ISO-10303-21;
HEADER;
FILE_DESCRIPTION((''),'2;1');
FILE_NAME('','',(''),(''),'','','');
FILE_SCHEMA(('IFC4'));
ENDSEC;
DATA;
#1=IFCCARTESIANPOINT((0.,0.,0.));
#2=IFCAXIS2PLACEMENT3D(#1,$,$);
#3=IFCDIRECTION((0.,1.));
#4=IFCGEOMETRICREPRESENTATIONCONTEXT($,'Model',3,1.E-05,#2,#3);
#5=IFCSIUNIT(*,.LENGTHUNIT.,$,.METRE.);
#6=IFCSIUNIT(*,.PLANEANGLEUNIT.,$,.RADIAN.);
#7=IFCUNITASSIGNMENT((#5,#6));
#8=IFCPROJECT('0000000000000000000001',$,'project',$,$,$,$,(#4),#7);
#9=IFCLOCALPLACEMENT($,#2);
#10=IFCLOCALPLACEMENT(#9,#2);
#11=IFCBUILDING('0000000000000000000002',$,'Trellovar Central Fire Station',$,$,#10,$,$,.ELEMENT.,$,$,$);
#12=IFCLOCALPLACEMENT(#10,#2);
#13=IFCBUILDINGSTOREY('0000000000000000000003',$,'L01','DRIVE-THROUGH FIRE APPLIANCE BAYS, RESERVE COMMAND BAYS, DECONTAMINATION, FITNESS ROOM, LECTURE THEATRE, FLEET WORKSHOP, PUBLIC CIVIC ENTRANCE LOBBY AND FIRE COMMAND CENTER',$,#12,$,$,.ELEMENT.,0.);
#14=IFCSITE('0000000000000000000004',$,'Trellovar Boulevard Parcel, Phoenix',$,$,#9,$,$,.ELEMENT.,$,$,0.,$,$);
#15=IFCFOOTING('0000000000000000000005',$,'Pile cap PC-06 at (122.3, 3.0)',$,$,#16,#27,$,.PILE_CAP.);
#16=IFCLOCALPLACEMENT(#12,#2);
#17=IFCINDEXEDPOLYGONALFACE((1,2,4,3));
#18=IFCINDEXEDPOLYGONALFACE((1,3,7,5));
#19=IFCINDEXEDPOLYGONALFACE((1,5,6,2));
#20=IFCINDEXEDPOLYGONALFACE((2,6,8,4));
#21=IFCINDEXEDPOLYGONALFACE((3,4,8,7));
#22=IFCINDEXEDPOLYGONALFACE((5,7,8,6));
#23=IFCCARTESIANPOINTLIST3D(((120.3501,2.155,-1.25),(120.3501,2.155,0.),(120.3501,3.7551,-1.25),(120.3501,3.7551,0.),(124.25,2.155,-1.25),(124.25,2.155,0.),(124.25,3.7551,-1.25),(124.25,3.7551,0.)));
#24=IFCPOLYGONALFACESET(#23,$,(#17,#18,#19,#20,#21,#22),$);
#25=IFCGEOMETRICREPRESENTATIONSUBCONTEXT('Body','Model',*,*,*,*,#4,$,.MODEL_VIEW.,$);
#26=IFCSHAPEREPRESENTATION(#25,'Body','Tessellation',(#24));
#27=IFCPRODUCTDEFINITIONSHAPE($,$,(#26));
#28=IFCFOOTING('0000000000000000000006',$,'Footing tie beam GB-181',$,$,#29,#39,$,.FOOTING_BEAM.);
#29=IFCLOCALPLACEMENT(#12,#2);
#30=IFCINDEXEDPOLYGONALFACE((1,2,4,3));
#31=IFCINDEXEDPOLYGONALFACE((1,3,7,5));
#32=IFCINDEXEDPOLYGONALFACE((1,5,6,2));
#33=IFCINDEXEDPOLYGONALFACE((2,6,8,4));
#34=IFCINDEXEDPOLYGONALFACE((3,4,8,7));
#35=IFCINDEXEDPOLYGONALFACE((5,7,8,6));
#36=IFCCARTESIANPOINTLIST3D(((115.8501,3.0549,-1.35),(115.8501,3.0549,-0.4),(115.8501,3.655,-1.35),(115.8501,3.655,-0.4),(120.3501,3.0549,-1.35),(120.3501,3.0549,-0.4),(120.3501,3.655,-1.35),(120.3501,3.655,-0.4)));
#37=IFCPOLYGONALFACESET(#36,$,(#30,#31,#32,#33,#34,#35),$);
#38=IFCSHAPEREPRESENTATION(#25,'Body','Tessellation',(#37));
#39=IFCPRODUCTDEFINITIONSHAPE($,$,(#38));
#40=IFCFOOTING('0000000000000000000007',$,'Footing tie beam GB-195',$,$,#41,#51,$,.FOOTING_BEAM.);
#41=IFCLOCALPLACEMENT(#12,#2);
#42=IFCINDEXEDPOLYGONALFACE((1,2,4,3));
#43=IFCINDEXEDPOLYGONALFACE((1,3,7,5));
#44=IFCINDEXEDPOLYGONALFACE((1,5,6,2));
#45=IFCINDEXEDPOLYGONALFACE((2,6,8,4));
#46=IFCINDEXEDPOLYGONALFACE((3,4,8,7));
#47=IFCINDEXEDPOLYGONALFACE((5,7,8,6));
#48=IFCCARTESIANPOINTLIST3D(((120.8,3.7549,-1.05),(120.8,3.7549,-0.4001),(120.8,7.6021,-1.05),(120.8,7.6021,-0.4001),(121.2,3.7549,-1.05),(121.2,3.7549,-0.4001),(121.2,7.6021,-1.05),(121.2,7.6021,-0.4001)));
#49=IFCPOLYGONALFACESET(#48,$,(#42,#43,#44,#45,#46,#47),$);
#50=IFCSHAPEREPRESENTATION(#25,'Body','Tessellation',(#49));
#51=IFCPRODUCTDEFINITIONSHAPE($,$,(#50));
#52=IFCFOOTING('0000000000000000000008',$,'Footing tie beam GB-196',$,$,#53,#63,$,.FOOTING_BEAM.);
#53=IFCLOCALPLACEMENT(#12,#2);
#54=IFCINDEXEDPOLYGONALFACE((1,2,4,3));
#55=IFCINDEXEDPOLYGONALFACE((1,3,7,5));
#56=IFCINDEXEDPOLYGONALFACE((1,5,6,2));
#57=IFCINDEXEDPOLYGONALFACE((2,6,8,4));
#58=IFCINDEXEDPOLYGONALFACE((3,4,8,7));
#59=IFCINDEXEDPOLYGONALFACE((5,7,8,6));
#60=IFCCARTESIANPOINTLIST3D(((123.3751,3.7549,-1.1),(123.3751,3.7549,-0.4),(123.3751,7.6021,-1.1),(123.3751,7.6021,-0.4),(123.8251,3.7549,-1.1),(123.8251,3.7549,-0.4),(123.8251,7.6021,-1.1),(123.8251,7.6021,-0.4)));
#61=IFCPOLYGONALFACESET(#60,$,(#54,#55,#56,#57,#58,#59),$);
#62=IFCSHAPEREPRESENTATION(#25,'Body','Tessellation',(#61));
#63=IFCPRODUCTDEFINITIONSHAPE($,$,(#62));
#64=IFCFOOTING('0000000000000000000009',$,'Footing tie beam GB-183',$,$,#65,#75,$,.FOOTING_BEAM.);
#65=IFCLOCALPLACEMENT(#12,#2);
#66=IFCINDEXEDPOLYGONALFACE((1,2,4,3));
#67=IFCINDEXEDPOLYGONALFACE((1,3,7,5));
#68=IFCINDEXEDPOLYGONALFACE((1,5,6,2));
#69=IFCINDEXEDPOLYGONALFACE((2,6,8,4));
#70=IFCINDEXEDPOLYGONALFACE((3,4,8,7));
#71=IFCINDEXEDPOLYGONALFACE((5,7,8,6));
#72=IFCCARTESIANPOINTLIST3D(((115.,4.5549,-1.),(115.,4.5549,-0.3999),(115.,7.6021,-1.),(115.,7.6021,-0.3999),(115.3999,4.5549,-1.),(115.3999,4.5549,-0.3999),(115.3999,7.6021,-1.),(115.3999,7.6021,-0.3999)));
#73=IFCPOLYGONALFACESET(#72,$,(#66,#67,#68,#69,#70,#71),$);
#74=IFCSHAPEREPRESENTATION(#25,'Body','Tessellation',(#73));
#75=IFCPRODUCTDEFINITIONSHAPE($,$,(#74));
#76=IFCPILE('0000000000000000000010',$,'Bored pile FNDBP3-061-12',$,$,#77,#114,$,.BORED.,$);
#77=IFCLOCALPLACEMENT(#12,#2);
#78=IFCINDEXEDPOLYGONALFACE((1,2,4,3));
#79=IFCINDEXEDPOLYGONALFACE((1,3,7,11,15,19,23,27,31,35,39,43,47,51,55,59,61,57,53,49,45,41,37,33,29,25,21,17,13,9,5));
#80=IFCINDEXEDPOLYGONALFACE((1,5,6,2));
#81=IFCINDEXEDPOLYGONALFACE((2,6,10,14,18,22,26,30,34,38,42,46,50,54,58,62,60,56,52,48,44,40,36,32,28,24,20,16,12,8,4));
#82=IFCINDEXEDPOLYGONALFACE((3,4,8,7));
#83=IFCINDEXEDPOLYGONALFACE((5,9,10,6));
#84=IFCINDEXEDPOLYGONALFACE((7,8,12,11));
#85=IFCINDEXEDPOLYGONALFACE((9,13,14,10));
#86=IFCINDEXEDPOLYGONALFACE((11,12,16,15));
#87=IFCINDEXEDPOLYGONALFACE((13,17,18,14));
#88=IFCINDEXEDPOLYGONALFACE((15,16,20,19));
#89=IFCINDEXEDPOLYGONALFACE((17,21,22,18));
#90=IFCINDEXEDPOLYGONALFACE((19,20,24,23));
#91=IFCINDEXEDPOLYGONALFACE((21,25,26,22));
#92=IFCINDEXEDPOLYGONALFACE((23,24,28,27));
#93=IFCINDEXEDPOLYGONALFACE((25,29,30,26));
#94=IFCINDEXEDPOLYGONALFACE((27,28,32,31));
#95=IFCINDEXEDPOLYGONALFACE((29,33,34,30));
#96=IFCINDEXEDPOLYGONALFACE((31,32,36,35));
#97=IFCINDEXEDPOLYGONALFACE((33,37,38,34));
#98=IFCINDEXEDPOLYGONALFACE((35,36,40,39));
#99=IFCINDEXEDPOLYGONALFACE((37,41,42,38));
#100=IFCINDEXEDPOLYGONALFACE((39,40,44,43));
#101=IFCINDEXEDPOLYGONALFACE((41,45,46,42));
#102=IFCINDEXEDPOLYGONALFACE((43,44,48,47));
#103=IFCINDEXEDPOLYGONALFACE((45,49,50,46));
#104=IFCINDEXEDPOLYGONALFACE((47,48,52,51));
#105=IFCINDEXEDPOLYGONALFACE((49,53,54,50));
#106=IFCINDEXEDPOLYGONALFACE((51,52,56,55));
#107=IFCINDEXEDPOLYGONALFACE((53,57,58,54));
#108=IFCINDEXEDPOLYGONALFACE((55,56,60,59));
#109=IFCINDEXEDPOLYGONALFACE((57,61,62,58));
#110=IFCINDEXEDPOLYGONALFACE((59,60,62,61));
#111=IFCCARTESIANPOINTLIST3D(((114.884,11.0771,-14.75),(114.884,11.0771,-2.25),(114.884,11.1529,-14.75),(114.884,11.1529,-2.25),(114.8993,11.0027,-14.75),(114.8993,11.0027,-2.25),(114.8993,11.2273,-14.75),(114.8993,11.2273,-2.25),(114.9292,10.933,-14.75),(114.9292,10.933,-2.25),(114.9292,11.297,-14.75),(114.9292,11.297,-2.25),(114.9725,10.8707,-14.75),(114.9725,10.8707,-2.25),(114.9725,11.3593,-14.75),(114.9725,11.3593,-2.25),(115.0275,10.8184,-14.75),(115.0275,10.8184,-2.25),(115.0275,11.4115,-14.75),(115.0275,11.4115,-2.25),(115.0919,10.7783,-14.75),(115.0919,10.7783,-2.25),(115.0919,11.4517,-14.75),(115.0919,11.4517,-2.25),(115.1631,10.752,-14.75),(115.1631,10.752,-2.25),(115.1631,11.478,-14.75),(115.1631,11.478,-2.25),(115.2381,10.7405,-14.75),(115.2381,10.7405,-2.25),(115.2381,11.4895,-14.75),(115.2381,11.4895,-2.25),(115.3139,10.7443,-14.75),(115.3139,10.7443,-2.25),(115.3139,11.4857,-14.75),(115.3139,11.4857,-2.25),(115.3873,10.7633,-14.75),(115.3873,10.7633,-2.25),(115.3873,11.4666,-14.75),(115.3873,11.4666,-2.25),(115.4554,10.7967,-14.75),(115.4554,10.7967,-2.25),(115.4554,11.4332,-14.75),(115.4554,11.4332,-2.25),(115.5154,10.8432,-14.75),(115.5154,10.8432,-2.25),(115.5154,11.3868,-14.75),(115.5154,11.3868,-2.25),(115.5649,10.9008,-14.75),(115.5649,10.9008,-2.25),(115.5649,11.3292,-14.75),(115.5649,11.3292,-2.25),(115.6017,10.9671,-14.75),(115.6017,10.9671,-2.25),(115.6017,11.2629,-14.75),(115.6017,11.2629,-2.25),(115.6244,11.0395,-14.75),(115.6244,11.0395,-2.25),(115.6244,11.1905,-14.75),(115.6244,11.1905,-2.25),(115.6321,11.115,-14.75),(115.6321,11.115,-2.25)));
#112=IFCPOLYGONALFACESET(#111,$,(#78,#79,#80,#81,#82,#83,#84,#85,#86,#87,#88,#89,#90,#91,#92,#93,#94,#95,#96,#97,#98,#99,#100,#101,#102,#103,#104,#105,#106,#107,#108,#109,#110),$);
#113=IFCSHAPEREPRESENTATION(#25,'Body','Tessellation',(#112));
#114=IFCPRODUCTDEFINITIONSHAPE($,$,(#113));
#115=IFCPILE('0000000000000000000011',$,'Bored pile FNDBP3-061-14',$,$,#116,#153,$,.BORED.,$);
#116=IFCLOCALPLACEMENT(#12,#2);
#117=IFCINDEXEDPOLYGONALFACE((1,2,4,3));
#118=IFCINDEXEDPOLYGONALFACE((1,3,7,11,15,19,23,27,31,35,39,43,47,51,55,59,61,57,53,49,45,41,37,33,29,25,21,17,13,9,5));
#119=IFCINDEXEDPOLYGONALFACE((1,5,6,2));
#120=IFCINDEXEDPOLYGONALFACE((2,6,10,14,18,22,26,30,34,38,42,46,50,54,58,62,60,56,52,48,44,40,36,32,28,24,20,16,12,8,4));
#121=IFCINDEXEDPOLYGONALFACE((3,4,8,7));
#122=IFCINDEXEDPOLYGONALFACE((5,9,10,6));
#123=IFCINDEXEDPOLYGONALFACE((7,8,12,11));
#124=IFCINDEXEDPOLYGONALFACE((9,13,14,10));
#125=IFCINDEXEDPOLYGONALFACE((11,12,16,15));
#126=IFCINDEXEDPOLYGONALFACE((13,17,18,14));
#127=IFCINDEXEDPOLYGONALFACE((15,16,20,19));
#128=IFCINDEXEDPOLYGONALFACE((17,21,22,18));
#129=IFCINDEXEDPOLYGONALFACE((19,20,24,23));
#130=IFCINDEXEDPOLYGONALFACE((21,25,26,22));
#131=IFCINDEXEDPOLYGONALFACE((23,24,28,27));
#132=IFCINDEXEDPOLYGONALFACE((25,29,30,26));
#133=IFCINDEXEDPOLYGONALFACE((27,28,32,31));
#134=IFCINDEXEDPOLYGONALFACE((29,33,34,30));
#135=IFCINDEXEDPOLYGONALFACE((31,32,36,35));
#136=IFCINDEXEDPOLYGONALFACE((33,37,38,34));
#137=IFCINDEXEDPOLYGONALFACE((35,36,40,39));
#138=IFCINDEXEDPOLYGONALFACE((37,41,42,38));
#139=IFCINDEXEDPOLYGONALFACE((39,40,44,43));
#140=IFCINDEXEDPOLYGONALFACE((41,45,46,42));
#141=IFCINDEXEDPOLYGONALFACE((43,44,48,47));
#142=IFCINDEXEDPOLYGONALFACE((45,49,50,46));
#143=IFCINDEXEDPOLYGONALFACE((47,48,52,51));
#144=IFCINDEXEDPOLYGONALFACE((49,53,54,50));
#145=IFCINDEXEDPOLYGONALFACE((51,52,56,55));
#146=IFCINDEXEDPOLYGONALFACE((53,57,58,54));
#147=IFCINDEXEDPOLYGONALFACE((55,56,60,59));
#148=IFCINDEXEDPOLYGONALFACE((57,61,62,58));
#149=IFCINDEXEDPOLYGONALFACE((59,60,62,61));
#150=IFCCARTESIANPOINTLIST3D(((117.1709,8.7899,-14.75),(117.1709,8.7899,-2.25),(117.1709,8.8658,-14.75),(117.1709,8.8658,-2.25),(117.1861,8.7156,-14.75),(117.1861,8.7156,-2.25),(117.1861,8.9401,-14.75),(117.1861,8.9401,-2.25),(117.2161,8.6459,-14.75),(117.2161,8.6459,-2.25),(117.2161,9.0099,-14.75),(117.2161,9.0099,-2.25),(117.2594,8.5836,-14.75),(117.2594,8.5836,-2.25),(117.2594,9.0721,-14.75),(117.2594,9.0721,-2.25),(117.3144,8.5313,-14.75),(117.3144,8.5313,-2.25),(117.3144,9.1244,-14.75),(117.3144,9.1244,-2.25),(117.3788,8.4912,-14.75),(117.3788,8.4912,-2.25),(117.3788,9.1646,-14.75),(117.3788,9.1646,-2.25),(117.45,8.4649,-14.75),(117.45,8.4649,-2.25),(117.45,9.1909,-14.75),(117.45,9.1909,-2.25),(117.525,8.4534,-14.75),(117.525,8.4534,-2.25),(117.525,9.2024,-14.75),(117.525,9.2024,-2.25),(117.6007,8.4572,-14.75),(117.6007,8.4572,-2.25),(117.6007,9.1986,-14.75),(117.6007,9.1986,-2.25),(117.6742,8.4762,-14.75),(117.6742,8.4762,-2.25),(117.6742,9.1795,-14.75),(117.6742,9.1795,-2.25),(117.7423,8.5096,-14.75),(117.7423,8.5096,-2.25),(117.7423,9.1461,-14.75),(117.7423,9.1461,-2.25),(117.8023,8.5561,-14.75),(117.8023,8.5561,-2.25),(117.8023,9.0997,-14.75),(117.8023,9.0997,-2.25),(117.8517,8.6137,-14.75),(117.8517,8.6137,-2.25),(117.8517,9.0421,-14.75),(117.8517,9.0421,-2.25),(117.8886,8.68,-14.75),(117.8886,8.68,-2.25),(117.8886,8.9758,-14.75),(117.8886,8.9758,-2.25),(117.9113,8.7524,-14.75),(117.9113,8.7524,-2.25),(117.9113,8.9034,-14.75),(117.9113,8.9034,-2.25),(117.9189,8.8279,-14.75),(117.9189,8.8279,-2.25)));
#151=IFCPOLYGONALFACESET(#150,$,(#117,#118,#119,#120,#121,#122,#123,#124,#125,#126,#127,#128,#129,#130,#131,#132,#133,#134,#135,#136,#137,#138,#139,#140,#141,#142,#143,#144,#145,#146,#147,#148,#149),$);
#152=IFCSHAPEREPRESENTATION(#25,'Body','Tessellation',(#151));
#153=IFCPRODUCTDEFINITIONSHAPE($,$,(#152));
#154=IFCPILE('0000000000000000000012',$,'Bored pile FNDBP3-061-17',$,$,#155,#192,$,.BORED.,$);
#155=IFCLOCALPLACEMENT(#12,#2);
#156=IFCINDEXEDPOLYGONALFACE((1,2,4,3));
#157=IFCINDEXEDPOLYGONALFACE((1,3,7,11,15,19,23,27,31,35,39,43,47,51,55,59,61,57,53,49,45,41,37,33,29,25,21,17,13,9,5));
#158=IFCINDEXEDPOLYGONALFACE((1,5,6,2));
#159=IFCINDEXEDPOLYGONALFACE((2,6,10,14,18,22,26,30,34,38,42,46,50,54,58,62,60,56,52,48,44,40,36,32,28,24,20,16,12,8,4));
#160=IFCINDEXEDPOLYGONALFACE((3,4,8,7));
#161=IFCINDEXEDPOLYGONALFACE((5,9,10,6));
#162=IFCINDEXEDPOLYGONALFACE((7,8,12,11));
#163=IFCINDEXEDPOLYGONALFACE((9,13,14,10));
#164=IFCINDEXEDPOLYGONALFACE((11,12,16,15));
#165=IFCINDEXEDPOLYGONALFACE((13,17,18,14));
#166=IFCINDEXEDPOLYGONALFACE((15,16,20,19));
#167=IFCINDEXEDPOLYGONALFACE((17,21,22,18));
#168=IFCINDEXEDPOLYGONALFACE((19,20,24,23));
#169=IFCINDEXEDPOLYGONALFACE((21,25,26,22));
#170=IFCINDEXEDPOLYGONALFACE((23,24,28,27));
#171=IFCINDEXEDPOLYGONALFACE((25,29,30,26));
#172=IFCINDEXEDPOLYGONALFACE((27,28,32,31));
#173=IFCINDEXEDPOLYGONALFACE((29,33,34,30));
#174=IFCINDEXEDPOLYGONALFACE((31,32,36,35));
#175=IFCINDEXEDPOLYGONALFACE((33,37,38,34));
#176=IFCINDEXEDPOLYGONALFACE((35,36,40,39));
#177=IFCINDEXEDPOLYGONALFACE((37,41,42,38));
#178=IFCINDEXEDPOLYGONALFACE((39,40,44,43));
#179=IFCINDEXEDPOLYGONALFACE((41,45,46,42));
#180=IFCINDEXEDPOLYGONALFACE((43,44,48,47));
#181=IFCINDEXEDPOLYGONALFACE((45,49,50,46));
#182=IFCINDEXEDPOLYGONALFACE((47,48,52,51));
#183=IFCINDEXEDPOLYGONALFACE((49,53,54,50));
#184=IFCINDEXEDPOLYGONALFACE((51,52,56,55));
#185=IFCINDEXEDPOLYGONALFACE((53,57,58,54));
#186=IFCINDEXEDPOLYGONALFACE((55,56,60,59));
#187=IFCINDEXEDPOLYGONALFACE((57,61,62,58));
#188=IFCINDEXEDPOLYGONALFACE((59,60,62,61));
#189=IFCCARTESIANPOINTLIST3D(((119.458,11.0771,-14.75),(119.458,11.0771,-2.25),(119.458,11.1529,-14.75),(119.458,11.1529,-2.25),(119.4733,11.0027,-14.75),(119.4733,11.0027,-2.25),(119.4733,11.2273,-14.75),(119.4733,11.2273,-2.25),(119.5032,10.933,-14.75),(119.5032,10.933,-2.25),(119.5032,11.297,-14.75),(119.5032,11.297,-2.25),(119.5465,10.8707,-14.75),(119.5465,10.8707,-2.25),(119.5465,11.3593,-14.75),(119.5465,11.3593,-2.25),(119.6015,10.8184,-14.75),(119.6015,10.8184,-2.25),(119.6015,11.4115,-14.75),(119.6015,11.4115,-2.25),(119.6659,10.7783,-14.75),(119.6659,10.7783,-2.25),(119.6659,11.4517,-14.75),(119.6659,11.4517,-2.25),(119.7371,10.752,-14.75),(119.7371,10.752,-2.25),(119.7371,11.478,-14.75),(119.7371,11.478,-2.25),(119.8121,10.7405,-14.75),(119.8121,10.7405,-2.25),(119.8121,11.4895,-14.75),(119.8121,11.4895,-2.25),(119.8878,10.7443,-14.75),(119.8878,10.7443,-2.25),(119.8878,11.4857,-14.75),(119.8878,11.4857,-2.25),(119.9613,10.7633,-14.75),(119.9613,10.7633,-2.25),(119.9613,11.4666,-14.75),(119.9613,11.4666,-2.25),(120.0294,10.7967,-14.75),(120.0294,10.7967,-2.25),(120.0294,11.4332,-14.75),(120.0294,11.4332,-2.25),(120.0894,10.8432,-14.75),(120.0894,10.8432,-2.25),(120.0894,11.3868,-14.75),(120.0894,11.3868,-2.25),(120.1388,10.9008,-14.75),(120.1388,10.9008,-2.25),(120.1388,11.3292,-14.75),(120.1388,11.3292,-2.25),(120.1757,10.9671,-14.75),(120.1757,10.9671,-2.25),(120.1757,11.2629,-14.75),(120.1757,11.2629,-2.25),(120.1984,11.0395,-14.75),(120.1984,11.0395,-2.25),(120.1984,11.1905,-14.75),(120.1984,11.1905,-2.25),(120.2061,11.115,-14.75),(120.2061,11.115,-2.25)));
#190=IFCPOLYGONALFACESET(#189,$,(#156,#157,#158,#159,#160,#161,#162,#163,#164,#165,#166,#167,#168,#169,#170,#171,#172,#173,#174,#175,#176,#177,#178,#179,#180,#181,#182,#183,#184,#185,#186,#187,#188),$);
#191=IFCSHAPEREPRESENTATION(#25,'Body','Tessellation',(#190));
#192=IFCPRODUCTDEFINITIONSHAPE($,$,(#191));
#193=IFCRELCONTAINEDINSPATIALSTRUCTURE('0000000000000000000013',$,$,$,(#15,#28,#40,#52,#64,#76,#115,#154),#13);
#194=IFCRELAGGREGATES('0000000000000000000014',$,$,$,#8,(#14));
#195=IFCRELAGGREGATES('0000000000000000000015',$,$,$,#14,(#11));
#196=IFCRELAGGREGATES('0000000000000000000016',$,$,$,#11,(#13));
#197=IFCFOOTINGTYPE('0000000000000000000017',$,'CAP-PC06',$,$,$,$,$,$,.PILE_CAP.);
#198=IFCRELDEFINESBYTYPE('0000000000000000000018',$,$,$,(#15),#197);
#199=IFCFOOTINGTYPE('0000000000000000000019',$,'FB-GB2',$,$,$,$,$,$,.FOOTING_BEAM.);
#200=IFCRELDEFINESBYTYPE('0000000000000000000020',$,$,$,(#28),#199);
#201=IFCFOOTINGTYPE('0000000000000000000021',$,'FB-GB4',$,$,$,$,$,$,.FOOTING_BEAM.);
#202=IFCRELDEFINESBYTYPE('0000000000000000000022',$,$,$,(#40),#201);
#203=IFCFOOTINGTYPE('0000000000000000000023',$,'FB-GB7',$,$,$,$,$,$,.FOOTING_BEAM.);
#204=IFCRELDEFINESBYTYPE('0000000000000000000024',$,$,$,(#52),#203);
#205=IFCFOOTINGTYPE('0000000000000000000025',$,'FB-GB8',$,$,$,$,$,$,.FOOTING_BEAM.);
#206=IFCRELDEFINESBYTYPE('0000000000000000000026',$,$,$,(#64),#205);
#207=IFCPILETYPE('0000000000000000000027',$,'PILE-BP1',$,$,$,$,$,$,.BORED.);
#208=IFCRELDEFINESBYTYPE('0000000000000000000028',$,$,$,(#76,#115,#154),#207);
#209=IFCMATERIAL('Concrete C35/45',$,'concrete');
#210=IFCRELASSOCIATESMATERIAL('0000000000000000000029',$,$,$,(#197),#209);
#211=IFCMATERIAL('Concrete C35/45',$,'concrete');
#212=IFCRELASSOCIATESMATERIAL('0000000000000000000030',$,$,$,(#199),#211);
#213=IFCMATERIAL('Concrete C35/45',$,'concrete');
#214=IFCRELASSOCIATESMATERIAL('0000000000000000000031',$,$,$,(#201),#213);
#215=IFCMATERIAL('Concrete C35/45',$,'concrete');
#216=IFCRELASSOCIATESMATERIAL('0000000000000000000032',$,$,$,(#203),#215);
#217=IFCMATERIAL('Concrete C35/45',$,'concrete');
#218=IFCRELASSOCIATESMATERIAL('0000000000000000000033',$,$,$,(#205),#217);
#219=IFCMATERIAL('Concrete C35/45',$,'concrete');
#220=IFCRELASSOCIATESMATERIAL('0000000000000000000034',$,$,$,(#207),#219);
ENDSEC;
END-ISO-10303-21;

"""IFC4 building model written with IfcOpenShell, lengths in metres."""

from ifc_helpers import new_model, si_unit, direction, frame, origin, origin_2d, place, context, subcontext, project, spatial, rectangle, circle, extrude, material, material_profile, profile_set, type_object, element, save


model = new_model("IFC4")

# Units and contexts
model_context = context("Model", 3, precision=1e-05, world=origin(), true_north=direction((0.0, 1.0)))
body_context = subcontext(model_context, "Body", "Model", "MODEL_VIEW")
ifc_project = project(units=[si_unit("LENGTHUNIT", "METRE"), si_unit("PLANEANGLEUNIT", "RADIAN")], contexts=[model_context])

# Site, building, storey
site_placement = place(None, origin())
site = spatial("IfcSite", under=ifc_project, at=site_placement, Name="Trellovar Boulevard Parcel, Phoenix", CompositionType="ELEMENT", RefElevation=0.0)
building_placement = place(site_placement, origin())
building = spatial("IfcBuilding", under=site, at=building_placement, Name="Trellovar Central Fire Station", CompositionType="ELEMENT")
storey_placement = place(building_placement, origin())
storey = spatial("IfcBuildingStorey", under=building, at=storey_placement, Name="L01", Description="DRIVE-THROUGH FIRE APPLIANCE BAYS, RESERVE COMMAND BAYS, DECONTAMINATION, FITNESS ROOM, LECTURE THEATRE, FLEET WORKSHOP, PUBLIC CIVIC ENTRANCE LOBBY AND FIRE COMMAND CENTER", CompositionType="ELEMENT", Elevation=0.0)

# Footings
ifc_material_1 = material(Name="Concrete C35/45", Category="concrete")
footing_type_1 = type_object("IfcFootingType", Name="CAP-PC06", PredefinedType="PILE_CAP", material=ifc_material_1)
footing_1_placement = place(storey_placement, frame((122.3, 2.9551, -1.25), z_axis=(0.0, 0.0, 1.0), x_axis=(1.0, 0.0, 0.0)))
element("IfcFooting", 1, at=footing_1_placement, inside=storey, type_object=footing_type_1, Name="Pile cap PC-06 at (122.3, 3.0)", PredefinedType="PILE_CAP", context=body_context, shape_type="SweptSolid", body=[
    extrude(rectangle(XDim=3.8999, YDim=1.6001, at=origin_2d()), origin(), (0.0, 0.0, 1.0), 1.25),
])
ifc_material_2 = material(Name="Concrete C35/45", Category="concrete")
ifc_material_profile_1 = material_profile(ifc_material_2, rectangle(XDim=0.6001, YDim=0.95, at=origin_2d()), Name="RC600X950")
ifc_profile_set_1 = profile_set([ifc_material_profile_1], Name="Concrete C35/45")
footing_type_2 = type_object("IfcFootingType", Name="FB-GB2", PredefinedType="FOOTING_BEAM", material=ifc_profile_set_1)
footing_2_placement = place(storey_placement, frame((115.8501, 3.355, -0.875), z_axis=(1.0, 0.0, 0.0), x_axis=(0.0, 1.0, 0.0)))
element("IfcFooting", 2, at=footing_2_placement, inside=storey, type_object=footing_type_2, Name="Footing tie beam GB-181", PredefinedType="FOOTING_BEAM", context=body_context, shape_type="SweptSolid", body=[
    extrude(rectangle(XDim=0.6001, YDim=0.95, at=origin_2d()), origin(), (0.0, 0.0, 1.0), 4.5),
])
ifc_material_3 = material(Name="Concrete C35/45", Category="concrete")
ifc_material_profile_2 = material_profile(ifc_material_3, rectangle(XDim=0.3999, YDim=0.6499, at=origin_2d()), Name="RC400X650")
ifc_profile_set_2 = profile_set([ifc_material_profile_2], Name="Concrete C35/45")
footing_type_3 = type_object("IfcFootingType", Name="FB-GB4", PredefinedType="FOOTING_BEAM", material=ifc_profile_set_2)
footing_3_placement = place(storey_placement, frame((121.0, 3.7549, -0.7251), z_axis=(0.0, 1.0, 0.0), x_axis=(-1.0, 0.0, 0.0)))
element("IfcFooting", 3, at=footing_3_placement, inside=storey, type_object=footing_type_3, Name="Footing tie beam GB-195", PredefinedType="FOOTING_BEAM", context=body_context, shape_type="SweptSolid", body=[
    extrude(rectangle(XDim=0.3999, YDim=0.6499, at=origin_2d()), origin(), (0.0, 0.0, 1.0), 3.8472),
])
ifc_material_4 = material(Name="Concrete C35/45", Category="concrete")
ifc_material_profile_3 = material_profile(ifc_material_4, rectangle(XDim=0.45, YDim=0.7, at=origin_2d()), Name="RC450X700")
ifc_profile_set_3 = profile_set([ifc_material_profile_3], Name="Concrete C35/45")
footing_type_4 = type_object("IfcFootingType", Name="FB-GB7", PredefinedType="FOOTING_BEAM", material=ifc_profile_set_3)
footing_4_placement = place(storey_placement, frame((123.6001, 3.7549, -0.75), z_axis=(0.0, 1.0, 0.0), x_axis=(-1.0, 0.0, 0.0)))
element("IfcFooting", 4, at=footing_4_placement, inside=storey, type_object=footing_type_4, Name="Footing tie beam GB-196", PredefinedType="FOOTING_BEAM", context=body_context, shape_type="SweptSolid", body=[
    extrude(rectangle(XDim=0.45, YDim=0.7, at=origin_2d()), origin(), (0.0, 0.0, 1.0), 3.8472),
])
ifc_material_5 = material(Name="Concrete C35/45", Category="concrete")
ifc_material_profile_4 = material_profile(ifc_material_5, rectangle(XDim=0.3999, YDim=0.6001, at=origin_2d()), Name="RC400X600")
ifc_profile_set_4 = profile_set([ifc_material_profile_4], Name="Concrete C35/45")
footing_type_5 = type_object("IfcFootingType", Name="FB-GB8", PredefinedType="FOOTING_BEAM", material=ifc_profile_set_4)
footing_5_placement = place(storey_placement, frame((115.2, 4.5549, -0.7), z_axis=(0.0, 1.0, 0.0), x_axis=(-1.0, 0.0, 0.0)))
element("IfcFooting", 5, at=footing_5_placement, inside=storey, type_object=footing_type_5, Name="Footing tie beam GB-183", PredefinedType="FOOTING_BEAM", context=body_context, shape_type="SweptSolid", body=[
    extrude(rectangle(XDim=0.3999, YDim=0.6001, at=origin_2d()), origin(), (0.0, 0.0, 1.0), 3.0471),
])

# Piles
ifc_material_6 = material(Name="Concrete C35/45", Category="concrete")
ifc_material_profile_5 = material_profile(ifc_material_6, circle(Radius=0.375, at=origin_2d()), Name="PILE750")
ifc_profile_set_5 = profile_set([ifc_material_profile_5], Name="Concrete C35/45")
pile_type = type_object("IfcPileType", Name="PILE-BP1", PredefinedType="BORED", material=ifc_profile_set_5)
for number, where, z_axis, x_axis, name in (
    (6, (115.2571, 11.115, -2.25), (0.0, 0.0, -1.0), (1.0, 0.0, 0.0), "Bored pile FNDBP3-061-12"),
    (7, (117.5439, 8.8279, -2.25), (0.0, 0.0, -1.0), (1.0, 0.0, 0.0), "Bored pile FNDBP3-061-14"),
    (8, (119.8311, 11.115, -2.25), (0.0, 0.0, -1.0), (1.0, 0.0, 0.0), "Bored pile FNDBP3-061-17"),
):
    element("IfcPile", number, at=place(storey_placement, frame(where, z_axis=z_axis, x_axis=x_axis)), inside=storey, type_object=pile_type, Name=name, PredefinedType="BORED", context=body_context, shape_type="SweptSolid", body=[
        extrude(circle(Radius=0.375, at=origin_2d()), origin(), (0.0, 0.0, 1.0), 12.5),
    ])

save(model, "model.ifc")
